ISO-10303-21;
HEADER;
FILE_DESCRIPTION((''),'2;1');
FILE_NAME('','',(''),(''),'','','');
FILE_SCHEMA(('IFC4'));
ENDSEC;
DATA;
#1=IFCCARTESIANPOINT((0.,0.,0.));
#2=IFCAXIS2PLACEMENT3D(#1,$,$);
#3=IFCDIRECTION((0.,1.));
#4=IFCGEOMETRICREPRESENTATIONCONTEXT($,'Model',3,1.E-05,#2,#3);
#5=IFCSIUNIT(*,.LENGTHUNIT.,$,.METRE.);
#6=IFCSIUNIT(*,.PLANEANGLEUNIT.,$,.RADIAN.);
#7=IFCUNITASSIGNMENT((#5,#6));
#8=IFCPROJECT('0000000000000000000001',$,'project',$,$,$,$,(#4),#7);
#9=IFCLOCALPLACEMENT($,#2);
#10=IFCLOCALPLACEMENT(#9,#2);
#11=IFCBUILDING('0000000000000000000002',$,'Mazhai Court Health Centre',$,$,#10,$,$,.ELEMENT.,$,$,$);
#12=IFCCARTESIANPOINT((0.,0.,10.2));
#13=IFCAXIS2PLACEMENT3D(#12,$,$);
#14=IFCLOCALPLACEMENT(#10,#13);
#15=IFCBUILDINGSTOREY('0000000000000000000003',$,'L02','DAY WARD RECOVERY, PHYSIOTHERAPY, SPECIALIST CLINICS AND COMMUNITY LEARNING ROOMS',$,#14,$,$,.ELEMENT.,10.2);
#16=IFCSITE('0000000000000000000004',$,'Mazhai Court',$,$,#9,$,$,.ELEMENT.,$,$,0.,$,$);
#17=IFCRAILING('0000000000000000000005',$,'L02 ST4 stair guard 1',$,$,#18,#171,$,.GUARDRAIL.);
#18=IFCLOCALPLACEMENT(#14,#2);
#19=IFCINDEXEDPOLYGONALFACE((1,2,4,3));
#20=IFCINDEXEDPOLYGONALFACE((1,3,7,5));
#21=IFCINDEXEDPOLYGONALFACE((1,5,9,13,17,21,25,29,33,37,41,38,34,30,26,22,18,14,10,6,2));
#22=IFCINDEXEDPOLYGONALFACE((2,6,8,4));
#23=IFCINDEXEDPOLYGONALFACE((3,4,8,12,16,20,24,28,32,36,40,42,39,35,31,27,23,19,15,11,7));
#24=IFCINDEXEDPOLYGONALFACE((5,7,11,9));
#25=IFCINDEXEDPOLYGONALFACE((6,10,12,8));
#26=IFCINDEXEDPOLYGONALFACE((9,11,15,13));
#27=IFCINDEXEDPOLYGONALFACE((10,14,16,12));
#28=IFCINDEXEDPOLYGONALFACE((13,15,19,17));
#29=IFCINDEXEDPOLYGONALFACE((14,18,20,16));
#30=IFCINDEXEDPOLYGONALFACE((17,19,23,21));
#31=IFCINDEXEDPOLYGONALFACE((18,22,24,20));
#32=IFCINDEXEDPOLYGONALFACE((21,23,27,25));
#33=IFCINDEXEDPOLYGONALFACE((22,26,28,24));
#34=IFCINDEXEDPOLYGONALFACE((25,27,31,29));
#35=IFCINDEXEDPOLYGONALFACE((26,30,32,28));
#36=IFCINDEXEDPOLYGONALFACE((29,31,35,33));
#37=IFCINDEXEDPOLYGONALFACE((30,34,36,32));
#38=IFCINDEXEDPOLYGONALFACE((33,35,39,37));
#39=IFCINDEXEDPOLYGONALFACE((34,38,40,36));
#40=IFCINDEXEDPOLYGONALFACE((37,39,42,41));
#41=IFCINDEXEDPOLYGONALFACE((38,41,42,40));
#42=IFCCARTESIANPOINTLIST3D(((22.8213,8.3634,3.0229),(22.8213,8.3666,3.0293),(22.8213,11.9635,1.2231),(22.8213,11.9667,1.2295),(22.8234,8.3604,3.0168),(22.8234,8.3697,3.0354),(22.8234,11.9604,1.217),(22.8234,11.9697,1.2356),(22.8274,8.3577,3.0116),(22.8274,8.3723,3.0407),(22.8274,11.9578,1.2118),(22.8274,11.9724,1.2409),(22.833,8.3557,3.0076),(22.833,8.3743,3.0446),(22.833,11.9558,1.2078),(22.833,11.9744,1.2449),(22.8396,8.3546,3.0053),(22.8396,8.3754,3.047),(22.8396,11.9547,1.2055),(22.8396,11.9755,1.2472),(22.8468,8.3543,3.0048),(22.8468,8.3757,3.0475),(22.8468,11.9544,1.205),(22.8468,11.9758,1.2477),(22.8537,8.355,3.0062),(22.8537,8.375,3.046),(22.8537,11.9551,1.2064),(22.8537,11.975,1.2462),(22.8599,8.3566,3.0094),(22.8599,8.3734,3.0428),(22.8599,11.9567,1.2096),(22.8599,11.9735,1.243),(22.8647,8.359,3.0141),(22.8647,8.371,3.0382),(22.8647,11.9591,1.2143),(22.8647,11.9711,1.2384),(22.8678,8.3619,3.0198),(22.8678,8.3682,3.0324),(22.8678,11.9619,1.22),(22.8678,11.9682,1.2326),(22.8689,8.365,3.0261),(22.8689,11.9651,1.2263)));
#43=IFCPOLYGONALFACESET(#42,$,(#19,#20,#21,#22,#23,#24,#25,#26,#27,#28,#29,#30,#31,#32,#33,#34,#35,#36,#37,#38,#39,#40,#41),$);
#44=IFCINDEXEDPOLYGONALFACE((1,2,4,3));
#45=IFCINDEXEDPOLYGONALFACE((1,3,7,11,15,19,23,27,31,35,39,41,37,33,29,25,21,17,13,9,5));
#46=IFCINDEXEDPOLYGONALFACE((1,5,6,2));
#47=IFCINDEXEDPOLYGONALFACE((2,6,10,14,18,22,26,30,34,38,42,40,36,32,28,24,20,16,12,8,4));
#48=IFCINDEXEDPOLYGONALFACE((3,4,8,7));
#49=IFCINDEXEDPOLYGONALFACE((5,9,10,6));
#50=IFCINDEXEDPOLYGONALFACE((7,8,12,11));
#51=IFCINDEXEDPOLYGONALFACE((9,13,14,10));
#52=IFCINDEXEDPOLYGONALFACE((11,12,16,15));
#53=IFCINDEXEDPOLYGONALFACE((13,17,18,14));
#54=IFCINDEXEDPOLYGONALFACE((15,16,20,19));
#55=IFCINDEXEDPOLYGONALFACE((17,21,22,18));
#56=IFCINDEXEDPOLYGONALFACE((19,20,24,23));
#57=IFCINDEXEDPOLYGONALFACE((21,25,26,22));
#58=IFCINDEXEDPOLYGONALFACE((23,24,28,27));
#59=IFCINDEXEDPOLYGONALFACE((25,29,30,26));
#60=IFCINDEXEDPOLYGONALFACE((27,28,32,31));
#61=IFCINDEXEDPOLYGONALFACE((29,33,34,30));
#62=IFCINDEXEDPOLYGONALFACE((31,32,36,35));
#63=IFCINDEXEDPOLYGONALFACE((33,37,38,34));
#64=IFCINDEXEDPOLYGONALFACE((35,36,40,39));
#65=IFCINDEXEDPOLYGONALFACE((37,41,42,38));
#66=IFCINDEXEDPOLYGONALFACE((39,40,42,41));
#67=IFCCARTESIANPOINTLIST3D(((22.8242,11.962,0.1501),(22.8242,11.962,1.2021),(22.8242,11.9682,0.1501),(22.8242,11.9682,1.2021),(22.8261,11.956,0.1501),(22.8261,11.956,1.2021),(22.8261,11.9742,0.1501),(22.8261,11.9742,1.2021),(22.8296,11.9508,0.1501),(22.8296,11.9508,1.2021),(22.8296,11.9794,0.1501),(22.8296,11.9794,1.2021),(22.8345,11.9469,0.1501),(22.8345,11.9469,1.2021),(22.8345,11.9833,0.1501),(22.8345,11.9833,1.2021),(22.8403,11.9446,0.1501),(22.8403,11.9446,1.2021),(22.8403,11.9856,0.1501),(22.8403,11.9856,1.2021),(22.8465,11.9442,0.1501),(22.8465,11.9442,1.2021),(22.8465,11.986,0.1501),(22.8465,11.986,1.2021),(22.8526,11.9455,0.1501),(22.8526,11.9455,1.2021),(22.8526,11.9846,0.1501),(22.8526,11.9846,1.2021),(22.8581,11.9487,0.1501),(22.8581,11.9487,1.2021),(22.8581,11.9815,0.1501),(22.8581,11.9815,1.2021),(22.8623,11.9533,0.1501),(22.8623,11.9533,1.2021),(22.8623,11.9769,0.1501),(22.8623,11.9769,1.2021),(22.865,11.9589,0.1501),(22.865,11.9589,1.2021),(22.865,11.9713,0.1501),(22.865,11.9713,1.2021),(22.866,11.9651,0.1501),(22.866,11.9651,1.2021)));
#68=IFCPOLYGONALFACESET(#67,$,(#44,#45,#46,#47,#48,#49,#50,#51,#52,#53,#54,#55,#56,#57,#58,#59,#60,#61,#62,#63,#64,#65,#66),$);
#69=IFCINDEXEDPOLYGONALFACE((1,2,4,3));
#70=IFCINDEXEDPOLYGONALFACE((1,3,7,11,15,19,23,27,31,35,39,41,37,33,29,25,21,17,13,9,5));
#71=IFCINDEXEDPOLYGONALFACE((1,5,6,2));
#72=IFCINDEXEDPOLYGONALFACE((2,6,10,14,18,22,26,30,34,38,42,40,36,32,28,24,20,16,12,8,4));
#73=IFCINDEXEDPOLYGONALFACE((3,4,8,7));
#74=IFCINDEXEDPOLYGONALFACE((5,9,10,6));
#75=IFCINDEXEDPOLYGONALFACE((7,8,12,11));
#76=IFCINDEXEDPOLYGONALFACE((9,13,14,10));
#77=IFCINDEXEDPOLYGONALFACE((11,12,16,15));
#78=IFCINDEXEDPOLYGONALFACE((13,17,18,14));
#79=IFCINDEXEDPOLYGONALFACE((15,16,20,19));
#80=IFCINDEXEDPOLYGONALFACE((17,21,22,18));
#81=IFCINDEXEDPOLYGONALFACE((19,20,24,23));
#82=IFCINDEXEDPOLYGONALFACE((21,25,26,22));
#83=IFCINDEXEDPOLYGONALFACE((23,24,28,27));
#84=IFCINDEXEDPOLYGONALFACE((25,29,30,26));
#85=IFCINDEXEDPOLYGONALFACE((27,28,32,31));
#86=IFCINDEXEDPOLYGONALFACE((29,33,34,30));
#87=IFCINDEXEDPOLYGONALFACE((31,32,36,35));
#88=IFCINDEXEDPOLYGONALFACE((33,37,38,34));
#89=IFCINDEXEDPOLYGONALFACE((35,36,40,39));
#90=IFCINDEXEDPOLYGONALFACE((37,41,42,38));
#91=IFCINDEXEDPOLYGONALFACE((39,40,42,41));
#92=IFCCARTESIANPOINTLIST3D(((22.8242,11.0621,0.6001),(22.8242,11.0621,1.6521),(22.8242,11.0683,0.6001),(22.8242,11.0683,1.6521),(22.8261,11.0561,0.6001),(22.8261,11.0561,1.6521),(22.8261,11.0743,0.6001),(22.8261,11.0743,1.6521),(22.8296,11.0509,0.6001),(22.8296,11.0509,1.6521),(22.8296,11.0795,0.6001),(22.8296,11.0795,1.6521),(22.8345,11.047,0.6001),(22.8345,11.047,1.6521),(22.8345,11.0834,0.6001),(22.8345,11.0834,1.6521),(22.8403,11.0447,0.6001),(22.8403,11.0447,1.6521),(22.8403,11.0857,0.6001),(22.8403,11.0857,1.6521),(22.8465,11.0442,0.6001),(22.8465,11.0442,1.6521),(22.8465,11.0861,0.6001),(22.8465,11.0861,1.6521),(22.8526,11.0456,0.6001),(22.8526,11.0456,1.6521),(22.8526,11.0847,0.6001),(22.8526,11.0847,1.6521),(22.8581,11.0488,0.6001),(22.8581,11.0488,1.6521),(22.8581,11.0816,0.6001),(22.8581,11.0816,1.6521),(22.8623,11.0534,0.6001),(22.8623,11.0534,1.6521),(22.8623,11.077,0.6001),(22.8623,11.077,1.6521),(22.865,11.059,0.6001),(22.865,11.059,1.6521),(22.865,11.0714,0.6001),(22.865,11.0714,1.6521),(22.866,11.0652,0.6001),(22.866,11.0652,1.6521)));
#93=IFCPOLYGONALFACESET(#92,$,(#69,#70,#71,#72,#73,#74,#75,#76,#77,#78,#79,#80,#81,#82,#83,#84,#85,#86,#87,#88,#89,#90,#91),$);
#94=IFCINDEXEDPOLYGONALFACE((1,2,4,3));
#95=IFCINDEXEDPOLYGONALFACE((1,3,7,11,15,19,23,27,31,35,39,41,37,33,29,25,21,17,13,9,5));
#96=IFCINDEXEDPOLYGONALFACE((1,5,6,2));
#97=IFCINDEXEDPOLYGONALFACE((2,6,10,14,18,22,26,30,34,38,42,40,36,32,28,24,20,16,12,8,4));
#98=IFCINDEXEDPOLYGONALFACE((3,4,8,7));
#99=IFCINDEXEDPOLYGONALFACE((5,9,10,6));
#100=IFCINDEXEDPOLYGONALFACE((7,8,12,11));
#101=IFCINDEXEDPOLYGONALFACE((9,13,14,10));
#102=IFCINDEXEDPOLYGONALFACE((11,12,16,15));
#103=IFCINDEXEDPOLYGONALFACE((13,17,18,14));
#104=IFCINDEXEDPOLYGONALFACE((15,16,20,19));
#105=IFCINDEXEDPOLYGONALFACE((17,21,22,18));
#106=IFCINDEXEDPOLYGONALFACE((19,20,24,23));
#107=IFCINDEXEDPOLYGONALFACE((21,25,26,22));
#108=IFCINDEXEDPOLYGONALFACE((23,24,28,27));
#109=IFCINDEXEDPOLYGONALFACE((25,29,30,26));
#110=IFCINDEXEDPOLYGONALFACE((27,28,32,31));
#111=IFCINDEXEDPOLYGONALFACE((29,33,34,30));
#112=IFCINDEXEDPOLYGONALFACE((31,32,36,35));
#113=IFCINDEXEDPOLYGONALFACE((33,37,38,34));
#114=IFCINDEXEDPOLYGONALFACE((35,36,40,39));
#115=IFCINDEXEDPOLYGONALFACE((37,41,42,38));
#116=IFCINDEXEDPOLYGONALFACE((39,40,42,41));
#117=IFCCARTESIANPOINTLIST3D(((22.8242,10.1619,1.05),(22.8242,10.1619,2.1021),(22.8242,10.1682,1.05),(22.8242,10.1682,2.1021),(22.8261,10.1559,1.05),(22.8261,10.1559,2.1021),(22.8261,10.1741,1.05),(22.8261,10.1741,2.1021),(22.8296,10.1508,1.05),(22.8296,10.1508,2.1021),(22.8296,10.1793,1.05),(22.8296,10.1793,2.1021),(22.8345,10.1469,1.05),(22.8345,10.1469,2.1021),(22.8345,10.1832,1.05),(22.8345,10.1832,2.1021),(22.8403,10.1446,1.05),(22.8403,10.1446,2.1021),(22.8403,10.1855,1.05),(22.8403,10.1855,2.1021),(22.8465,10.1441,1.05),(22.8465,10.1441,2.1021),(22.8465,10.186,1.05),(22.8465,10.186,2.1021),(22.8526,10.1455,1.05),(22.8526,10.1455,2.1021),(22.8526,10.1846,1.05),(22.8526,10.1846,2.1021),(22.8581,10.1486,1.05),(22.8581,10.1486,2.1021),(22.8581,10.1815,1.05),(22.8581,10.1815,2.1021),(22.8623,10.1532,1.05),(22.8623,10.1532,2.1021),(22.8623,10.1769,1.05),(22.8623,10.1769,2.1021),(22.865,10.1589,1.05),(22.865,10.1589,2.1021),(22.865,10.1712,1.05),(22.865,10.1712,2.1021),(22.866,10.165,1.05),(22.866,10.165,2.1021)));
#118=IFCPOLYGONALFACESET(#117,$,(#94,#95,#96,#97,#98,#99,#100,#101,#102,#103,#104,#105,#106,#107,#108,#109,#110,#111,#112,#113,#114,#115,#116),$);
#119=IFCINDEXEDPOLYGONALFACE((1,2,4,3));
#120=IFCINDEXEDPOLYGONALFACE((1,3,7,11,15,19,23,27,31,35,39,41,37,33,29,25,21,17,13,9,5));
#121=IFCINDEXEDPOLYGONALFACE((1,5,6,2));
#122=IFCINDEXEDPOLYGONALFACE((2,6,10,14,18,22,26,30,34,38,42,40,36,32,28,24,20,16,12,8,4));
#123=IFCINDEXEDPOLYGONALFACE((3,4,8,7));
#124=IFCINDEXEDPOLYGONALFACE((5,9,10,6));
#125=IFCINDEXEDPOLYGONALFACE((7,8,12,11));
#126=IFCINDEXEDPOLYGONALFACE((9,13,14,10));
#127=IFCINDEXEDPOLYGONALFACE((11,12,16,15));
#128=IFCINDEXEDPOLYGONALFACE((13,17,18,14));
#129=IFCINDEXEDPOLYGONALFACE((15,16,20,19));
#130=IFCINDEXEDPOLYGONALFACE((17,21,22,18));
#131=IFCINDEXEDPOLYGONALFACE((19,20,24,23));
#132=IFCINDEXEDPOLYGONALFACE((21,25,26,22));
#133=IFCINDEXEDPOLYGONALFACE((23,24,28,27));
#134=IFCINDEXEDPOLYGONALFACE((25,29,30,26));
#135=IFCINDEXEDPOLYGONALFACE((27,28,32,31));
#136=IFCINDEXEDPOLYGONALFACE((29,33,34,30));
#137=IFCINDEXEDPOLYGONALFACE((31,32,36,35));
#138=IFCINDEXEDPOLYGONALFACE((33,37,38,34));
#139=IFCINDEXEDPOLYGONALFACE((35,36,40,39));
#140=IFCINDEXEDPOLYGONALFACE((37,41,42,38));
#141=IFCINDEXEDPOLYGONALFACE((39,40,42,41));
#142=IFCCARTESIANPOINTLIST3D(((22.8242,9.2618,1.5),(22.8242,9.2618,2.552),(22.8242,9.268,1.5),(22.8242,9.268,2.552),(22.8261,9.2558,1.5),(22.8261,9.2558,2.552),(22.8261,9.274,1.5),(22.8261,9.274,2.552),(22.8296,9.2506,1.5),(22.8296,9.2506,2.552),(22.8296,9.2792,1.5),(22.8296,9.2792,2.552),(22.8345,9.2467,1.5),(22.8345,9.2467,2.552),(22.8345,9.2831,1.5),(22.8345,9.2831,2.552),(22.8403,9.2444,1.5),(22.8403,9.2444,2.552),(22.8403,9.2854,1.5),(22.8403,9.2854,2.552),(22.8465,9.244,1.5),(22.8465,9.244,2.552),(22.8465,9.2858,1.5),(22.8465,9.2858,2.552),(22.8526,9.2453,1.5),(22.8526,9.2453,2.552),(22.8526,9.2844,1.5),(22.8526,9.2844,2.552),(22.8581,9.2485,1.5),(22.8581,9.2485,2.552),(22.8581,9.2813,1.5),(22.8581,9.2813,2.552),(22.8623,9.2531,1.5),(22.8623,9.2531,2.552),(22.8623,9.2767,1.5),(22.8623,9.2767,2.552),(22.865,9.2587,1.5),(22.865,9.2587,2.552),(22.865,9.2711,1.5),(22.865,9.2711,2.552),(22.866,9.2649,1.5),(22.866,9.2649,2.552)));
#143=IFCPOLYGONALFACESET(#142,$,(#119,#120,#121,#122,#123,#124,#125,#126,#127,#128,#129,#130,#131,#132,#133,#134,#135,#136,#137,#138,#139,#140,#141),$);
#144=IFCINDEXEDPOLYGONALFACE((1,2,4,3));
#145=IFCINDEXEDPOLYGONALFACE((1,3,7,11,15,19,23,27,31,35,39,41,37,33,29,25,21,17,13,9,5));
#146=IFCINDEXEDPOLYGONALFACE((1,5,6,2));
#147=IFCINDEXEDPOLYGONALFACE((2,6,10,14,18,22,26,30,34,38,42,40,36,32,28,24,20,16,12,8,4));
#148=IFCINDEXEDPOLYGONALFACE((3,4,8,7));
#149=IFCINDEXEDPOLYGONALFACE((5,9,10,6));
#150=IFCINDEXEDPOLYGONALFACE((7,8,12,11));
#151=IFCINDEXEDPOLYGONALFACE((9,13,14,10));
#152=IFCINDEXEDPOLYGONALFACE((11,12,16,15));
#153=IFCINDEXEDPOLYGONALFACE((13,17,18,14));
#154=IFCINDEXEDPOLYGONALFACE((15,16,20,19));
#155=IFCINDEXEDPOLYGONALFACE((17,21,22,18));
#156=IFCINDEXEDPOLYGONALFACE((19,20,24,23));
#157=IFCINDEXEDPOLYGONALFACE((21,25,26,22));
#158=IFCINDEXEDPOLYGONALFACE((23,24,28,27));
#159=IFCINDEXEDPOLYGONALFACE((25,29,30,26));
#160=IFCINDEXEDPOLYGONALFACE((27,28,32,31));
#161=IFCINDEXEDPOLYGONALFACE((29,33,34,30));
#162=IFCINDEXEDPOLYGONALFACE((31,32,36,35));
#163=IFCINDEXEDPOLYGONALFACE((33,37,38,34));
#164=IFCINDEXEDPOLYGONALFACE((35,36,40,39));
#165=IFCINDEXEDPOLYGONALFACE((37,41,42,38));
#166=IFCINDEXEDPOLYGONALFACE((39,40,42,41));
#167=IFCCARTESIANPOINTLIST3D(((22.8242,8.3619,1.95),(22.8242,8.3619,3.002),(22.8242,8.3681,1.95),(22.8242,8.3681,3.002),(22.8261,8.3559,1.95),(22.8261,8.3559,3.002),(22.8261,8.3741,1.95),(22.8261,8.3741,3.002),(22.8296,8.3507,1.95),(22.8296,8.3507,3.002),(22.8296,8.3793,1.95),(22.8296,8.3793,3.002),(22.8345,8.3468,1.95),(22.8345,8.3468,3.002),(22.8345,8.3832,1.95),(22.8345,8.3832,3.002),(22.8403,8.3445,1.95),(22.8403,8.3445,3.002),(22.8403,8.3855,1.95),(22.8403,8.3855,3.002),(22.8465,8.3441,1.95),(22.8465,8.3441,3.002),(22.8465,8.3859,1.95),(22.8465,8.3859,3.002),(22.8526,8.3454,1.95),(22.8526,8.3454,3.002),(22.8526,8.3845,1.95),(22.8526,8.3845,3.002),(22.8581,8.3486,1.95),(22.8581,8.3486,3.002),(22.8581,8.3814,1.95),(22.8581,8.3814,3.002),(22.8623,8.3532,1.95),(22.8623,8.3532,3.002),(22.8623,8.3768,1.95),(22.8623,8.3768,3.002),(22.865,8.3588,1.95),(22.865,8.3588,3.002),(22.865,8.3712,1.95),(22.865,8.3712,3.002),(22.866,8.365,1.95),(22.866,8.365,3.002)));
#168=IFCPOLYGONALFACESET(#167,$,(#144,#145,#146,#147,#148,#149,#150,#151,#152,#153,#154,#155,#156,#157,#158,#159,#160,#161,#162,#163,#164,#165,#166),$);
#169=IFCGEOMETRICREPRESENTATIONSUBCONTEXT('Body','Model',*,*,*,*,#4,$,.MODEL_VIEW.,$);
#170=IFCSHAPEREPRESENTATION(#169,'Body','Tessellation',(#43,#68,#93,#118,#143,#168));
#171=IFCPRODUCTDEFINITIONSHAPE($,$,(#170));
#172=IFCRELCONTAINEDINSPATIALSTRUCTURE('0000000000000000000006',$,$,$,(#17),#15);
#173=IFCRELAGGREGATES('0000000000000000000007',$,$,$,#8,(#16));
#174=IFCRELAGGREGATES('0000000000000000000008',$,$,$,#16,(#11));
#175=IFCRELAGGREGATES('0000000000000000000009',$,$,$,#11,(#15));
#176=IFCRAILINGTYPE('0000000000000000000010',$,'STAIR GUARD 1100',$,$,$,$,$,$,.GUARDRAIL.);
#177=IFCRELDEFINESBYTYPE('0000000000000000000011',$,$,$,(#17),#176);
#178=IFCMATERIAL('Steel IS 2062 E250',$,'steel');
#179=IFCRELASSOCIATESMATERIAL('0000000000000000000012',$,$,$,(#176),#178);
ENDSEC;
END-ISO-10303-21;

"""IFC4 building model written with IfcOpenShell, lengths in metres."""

from ifc_helpers import new_model, si_unit, direction, frame, origin, origin_2d, place, context, subcontext, project, spatial, circle, extrude, material, type_object, element, save


model = new_model("IFC4")

# Units and contexts
model_context = context("Model", 3, precision=1e-05, world=origin(), true_north=direction((0.0, 1.0)))
body_context = subcontext(model_context, "Body", "Model", "MODEL_VIEW")
ifc_project = project(units=[si_unit("LENGTHUNIT", "METRE"), si_unit("PLANEANGLEUNIT", "RADIAN")], contexts=[model_context])

# Site, building, storey
site_placement = place(None, origin())
site = spatial("IfcSite", under=ifc_project, at=site_placement, Name="Mazhai Court", CompositionType="ELEMENT", RefElevation=0.0)
building_placement = place(site_placement, origin())
building = spatial("IfcBuilding", under=site, at=building_placement, Name="Mazhai Court Health Centre", CompositionType="ELEMENT")
storey_placement = place(building_placement, frame((0.0, 0.0, 10.2)))
storey = spatial("IfcBuildingStorey", under=building, at=storey_placement, Name="L02", Description="DAY WARD RECOVERY, PHYSIOTHERAPY, SPECIALIST CLINICS AND COMMUNITY LEARNING ROOMS", CompositionType="ELEMENT", Elevation=10.2)

# Railing
ifc_material_1 = material(Name="Steel IS 2062 E250", Category="steel")
railing_type_1 = type_object("IfcRailingType", Name="STAIR GUARD 1100", PredefinedType="GUARDRAIL", material=ifc_material_1)
railing_1_placement = place(storey_placement, frame((22.845, 11.9651, 0.1501)))
element("IfcRailing", 1, at=railing_1_placement, inside=storey, type_object=railing_type_1, Name="L02 ST4 stair guard 1", PredefinedType="GUARDRAIL", context=body_context, shape_type="SweptSolid", body=[
    extrude(circle(Radius=0.0239, at=origin_2d()), frame((0.0, 0.0, 1.0762), z_axis=(0.0, -0.894451, 0.447165), x_axis=(1.0, 0.0, 0.0)), (0.0, 0.0, 1.0), 4.0249),
    extrude(circle(Radius=0.021, at=origin_2d()), origin(), (0.0, 0.0, 1.0), 1.052),
    extrude(circle(Radius=0.021, at=origin_2d()), frame((0.0, -0.8999, 0.45)), (0.0, 0.0, 1.0), 1.052),
    extrude(circle(Radius=0.021, at=origin_2d()), frame((0.0, -1.8, 0.8999)), (0.0, 0.0, 1.0), 1.052),
    extrude(circle(Radius=0.021, at=origin_2d()), frame((0.0, -2.7002, 1.3499)), (0.0, 0.0, 1.0), 1.052),
    extrude(circle(Radius=0.021, at=origin_2d()), frame((0.0, -3.6001, 1.7998)), (0.0, 0.0, 1.0), 1.052),
])

save(model, "model.ifc")
